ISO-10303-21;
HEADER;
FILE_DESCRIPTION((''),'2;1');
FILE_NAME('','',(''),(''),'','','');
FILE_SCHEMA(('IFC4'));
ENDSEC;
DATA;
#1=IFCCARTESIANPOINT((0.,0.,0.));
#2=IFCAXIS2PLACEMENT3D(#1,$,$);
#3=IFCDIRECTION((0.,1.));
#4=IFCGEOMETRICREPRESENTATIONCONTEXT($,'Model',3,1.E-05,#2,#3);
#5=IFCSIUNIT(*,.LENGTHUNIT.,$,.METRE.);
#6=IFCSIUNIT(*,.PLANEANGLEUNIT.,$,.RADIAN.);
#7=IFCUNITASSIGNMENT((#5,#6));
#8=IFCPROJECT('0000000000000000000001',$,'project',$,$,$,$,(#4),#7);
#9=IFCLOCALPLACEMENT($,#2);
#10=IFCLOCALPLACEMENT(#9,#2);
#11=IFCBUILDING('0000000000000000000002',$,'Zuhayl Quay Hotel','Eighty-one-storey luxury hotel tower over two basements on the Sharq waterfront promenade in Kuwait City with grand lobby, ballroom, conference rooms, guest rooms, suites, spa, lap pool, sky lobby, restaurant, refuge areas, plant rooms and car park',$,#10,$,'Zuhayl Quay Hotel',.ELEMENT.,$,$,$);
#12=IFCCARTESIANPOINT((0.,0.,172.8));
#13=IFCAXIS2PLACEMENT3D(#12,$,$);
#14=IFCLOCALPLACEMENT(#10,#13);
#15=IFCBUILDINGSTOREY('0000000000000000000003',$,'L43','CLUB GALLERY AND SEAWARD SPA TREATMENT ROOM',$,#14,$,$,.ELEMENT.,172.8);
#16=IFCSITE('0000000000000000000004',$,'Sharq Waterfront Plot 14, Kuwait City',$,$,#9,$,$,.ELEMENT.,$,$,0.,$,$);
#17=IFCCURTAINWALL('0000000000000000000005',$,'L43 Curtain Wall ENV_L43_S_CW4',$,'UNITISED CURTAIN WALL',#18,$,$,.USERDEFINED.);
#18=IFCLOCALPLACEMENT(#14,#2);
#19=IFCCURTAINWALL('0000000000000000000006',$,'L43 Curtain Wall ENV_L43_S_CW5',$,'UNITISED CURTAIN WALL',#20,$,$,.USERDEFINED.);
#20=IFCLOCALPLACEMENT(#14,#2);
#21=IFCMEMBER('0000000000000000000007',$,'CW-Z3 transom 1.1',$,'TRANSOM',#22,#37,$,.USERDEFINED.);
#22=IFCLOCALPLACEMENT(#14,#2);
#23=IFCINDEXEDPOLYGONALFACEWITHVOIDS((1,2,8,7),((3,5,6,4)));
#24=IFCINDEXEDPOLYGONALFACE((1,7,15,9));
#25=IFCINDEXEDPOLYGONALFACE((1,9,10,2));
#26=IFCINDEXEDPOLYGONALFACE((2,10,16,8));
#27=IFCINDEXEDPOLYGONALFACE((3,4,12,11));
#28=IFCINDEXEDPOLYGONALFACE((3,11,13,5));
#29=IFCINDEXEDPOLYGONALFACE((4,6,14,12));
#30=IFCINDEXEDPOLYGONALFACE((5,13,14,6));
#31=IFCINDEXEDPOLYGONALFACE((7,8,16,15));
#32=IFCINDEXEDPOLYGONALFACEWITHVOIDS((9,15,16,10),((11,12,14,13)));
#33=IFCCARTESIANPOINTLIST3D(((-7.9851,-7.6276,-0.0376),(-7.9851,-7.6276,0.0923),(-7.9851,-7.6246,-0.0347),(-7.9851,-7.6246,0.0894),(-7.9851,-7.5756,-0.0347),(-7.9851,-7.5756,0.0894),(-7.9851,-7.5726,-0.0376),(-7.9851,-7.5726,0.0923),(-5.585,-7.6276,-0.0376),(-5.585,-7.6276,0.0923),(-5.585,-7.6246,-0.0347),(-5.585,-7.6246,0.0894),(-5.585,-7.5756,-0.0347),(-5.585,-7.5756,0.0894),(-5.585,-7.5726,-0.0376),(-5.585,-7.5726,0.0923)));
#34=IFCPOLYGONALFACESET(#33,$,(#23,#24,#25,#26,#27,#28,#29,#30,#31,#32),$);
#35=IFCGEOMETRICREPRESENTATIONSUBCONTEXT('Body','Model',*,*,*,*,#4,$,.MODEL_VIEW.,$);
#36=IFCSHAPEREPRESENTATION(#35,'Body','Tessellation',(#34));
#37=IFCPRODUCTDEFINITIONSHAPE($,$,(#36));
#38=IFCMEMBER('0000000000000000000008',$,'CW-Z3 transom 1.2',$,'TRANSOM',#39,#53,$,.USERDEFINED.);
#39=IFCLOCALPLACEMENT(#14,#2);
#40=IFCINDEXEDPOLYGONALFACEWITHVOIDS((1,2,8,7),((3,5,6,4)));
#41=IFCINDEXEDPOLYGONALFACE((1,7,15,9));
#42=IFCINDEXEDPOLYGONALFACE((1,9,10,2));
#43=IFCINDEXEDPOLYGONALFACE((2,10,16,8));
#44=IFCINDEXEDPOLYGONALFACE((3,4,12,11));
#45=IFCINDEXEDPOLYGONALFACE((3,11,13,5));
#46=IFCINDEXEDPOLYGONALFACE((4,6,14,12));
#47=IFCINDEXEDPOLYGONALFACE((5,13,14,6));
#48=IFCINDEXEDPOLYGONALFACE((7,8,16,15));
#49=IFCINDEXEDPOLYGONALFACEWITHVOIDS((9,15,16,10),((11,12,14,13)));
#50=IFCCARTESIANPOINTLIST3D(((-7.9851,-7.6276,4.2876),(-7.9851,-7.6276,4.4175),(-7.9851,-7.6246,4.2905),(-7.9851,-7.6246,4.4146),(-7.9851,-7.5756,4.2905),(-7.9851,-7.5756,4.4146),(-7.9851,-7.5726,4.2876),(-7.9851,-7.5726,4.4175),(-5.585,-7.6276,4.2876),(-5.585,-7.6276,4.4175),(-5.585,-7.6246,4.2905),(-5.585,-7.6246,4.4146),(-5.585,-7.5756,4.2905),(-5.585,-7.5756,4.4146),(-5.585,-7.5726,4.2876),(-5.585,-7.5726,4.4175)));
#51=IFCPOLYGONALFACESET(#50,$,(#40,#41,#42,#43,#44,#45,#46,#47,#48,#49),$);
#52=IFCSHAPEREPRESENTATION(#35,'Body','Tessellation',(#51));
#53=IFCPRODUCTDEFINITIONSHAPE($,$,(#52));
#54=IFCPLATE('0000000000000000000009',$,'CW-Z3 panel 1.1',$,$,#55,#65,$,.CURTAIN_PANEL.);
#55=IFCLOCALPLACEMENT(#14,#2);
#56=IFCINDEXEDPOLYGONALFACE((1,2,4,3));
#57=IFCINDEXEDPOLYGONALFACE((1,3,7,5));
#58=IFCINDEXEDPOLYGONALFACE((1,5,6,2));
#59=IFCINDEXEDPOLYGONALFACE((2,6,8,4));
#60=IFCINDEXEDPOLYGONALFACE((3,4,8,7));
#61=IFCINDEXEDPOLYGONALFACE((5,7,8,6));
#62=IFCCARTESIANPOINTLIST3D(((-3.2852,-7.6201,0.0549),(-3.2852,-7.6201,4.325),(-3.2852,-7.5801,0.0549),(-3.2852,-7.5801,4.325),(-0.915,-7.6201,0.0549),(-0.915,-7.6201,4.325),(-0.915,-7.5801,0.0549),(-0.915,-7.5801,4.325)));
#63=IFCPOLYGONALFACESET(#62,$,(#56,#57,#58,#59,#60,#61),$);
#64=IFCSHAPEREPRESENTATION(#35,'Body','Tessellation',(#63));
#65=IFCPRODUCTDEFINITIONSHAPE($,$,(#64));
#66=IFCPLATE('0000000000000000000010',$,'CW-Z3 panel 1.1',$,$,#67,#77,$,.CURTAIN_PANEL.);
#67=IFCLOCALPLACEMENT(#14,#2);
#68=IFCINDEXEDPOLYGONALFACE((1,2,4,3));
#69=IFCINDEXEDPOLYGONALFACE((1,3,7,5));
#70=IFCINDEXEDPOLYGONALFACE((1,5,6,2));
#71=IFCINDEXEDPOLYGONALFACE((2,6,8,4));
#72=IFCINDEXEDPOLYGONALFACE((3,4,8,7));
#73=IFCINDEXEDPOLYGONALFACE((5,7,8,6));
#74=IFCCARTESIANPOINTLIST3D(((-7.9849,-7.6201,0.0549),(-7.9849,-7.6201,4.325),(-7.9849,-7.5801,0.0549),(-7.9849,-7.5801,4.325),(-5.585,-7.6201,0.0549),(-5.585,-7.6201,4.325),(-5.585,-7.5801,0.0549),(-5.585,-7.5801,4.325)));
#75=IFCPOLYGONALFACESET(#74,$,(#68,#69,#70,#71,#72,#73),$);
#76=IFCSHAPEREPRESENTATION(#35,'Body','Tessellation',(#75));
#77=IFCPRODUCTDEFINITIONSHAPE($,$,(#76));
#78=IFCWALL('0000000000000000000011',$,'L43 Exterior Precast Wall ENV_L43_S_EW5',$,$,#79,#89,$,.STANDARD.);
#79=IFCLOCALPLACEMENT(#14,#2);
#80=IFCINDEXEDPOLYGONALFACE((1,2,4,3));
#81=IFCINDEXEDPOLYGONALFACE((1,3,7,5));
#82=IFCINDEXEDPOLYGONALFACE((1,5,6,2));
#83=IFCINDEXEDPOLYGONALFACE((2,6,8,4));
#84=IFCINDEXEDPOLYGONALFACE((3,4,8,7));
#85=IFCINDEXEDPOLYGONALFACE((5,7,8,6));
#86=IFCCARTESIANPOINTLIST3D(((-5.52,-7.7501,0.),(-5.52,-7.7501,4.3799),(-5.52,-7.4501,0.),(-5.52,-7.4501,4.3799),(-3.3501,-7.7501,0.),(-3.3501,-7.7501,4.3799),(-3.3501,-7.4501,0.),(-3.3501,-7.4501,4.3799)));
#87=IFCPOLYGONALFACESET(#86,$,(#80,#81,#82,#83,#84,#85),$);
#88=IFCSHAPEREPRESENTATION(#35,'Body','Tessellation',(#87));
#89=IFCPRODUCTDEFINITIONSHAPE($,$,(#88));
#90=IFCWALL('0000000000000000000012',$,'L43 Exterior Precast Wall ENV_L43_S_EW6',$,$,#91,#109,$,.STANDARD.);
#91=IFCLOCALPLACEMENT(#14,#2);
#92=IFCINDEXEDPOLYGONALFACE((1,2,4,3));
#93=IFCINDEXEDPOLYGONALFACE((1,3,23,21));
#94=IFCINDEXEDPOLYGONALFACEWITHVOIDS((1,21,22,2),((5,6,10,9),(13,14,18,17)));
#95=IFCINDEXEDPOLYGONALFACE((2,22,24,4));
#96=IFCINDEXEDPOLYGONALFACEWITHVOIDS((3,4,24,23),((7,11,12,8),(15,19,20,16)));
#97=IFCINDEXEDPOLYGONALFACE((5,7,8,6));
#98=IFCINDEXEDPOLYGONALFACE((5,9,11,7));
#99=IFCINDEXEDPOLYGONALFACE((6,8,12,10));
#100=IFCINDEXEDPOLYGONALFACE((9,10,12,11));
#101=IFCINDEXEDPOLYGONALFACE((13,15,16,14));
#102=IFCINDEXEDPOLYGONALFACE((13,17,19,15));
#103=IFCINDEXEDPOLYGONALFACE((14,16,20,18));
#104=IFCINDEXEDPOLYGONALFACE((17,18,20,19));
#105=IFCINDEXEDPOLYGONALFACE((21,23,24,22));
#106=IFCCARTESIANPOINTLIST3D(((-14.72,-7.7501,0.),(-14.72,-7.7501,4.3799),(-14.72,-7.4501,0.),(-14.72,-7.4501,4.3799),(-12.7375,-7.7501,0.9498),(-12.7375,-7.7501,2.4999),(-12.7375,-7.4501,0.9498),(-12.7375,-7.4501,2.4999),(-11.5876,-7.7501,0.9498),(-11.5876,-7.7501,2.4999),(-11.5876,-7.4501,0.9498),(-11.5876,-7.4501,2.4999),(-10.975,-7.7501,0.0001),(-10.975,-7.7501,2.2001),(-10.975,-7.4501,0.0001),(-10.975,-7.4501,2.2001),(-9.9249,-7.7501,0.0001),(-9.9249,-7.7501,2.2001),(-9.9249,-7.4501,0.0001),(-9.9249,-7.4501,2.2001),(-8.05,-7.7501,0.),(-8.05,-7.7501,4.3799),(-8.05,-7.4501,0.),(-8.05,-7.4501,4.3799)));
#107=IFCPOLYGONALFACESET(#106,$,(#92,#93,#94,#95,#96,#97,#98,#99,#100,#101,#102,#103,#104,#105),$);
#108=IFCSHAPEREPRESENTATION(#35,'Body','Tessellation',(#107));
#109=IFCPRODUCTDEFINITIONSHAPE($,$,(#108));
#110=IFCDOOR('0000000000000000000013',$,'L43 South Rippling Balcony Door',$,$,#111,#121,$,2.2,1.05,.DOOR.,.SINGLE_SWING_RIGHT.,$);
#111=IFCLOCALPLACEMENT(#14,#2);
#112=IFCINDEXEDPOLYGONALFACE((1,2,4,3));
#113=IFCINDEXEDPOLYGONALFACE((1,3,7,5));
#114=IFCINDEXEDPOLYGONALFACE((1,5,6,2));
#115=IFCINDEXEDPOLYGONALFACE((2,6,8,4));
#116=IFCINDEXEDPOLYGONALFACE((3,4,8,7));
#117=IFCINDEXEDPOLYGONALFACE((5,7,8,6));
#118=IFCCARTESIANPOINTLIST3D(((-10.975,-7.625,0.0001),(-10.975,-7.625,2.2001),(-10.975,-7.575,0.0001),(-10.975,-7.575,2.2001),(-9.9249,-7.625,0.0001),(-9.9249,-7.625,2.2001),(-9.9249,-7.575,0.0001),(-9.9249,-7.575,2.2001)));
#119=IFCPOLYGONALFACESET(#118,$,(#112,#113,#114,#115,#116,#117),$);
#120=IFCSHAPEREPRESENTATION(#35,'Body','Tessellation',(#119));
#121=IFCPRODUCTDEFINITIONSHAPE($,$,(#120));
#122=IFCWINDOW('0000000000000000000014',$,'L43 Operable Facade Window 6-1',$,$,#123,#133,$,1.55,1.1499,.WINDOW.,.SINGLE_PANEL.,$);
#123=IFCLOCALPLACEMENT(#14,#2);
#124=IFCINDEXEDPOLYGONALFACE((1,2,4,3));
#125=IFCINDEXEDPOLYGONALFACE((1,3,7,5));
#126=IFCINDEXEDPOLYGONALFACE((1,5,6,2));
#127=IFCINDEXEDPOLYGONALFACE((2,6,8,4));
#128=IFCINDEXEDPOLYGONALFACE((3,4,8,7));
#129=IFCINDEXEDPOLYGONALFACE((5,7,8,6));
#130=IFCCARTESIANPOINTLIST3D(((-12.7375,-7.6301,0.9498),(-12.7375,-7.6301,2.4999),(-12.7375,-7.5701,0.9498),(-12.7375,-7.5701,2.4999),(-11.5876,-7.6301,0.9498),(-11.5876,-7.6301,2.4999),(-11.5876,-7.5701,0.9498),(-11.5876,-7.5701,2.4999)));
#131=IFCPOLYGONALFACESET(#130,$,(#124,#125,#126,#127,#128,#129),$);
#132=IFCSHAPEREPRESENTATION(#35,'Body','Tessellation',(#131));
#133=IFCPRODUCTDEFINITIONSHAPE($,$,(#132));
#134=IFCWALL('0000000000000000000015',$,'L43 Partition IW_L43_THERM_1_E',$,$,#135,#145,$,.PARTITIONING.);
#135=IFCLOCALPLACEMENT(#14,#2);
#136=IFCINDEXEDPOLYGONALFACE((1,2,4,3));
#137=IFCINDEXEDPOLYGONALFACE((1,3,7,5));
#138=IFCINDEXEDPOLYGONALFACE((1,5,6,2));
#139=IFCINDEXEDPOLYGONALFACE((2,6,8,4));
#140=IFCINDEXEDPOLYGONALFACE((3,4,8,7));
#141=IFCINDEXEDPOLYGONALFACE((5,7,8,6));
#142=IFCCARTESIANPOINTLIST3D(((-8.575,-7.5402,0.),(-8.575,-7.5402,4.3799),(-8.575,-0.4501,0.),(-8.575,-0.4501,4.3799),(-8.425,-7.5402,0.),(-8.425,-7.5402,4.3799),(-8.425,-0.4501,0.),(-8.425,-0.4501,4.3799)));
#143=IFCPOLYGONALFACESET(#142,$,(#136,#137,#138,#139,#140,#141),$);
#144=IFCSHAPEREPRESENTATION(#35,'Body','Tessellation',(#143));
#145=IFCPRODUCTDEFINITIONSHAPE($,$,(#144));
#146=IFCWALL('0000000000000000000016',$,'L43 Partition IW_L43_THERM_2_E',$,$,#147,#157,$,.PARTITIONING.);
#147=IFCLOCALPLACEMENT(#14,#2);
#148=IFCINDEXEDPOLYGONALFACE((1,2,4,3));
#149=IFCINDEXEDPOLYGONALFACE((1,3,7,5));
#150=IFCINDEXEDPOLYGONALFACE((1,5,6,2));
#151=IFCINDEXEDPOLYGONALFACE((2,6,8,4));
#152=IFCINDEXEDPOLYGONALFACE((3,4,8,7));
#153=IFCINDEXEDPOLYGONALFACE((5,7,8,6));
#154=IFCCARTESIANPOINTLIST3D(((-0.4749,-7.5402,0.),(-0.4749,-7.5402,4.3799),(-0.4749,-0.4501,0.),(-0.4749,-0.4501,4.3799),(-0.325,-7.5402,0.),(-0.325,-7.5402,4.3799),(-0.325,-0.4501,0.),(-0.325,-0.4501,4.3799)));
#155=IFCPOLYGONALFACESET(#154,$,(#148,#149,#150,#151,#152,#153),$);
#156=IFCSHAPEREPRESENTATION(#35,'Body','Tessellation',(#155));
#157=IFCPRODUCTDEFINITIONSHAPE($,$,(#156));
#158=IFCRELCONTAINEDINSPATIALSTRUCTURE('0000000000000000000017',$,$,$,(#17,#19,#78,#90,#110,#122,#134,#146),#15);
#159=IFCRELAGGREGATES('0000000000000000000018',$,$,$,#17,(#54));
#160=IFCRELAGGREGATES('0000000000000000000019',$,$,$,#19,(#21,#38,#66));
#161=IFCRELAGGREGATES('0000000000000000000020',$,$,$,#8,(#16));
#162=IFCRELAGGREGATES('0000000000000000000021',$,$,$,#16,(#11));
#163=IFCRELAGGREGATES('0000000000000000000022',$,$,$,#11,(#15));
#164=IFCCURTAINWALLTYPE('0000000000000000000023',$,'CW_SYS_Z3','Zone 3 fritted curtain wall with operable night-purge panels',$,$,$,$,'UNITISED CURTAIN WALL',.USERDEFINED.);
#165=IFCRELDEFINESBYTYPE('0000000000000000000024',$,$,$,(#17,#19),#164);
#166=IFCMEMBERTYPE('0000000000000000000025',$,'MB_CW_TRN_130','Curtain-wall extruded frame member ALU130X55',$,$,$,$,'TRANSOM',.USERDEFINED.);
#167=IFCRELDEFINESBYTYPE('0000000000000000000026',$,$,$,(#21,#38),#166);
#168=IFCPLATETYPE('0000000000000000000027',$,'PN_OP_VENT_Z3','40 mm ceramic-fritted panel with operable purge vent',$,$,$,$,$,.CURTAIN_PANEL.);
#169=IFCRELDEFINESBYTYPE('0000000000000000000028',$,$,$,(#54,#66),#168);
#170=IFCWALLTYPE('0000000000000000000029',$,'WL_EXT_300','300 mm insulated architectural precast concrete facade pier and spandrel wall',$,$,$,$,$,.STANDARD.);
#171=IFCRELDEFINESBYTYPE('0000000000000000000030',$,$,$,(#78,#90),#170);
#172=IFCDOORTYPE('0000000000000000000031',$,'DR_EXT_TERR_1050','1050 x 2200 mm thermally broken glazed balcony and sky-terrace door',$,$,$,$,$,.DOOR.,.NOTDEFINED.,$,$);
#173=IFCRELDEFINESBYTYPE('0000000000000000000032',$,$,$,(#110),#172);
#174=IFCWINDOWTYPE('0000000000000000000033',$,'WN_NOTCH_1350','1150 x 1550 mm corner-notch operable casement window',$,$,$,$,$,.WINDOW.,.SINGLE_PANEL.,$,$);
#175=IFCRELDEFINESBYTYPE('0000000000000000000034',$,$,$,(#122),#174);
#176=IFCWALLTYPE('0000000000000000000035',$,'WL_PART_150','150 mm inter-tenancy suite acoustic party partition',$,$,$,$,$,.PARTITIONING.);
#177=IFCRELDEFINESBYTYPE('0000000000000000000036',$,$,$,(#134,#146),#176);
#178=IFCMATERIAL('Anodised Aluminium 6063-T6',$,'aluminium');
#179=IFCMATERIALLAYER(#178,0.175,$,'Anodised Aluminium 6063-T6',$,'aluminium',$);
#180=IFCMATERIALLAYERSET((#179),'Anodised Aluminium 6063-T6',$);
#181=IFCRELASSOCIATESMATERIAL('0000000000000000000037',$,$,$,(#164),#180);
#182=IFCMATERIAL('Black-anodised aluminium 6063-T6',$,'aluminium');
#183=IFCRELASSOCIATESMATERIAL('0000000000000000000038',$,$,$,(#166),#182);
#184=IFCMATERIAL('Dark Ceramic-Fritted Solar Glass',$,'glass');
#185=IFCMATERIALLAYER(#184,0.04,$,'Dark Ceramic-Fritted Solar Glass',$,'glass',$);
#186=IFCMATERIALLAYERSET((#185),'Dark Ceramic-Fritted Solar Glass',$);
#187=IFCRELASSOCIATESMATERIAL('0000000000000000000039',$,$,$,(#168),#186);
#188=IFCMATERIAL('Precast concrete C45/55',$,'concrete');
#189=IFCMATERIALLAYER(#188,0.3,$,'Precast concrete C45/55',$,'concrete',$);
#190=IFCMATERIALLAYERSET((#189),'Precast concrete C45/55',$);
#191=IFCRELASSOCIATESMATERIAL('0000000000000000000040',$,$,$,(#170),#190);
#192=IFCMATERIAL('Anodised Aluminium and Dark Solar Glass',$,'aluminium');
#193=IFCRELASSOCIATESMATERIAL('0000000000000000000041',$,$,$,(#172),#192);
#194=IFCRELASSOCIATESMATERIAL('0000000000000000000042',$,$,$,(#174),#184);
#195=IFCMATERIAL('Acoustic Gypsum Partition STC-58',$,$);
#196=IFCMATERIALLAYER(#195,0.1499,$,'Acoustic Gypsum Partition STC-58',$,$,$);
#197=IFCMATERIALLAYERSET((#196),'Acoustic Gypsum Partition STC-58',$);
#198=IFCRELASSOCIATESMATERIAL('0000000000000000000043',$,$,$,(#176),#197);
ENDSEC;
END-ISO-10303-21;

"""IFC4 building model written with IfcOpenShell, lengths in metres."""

from ifc_helpers import new_model, si_unit, direction, frame, frame_2d, origin, origin_2d, place, context, subcontext, project, spatial, rectangle, hollow_rectangle, extrude, material, layer, layer_set, material_profile, profile_set, type_object, element, fill, aggregate, save


model = new_model("IFC4")

# Units and contexts
model_context = context("Model", 3, precision=1e-05, world=origin(), true_north=direction((0.0, 1.0)))
body_context = subcontext(model_context, "Body", "Model", "MODEL_VIEW")
ifc_project = project(units=[si_unit("LENGTHUNIT", "METRE"), si_unit("PLANEANGLEUNIT", "RADIAN")], contexts=[model_context])

# Site, building, storey
site_placement = place(None, origin())
site = spatial("IfcSite", under=ifc_project, at=site_placement, Name="Sharq Waterfront Plot 14, Kuwait City", CompositionType="ELEMENT", RefElevation=0.0)
building_placement = place(site_placement, origin())
building = spatial("IfcBuilding", under=site, at=building_placement, Name="Zuhayl Quay Hotel", Description="Eighty-one-storey luxury hotel tower over two basements on the Sharq waterfront promenade in Kuwait City with grand lobby, ballroom, conference rooms, guest rooms, suites, spa, lap pool, sky lobby, restaurant, refuge areas, plant rooms and car park", LongName="Zuhayl Quay Hotel", CompositionType="ELEMENT")
storey_placement = place(building_placement, frame((0.0, 0.0, 172.8)))
storey = spatial("IfcBuildingStorey", under=building, at=storey_placement, Name="L43", Description="CLUB GALLERY AND SEAWARD SPA TREATMENT ROOM", CompositionType="ELEMENT", Elevation=172.8)

# Curtain walls
ifc_material_1 = material(Name="Anodised Aluminium 6063-T6", Category="aluminium")
ifc_layer_1 = layer(ifc_material_1, 0.175, Name="Anodised Aluminium 6063-T6", Category="aluminium")
ifc_layer_set_1 = layer_set([ifc_layer_1], Name="Anodised Aluminium 6063-T6")
curtain_wall_type = type_object("IfcCurtainWallType", Name="CW_SYS_Z3", Description="Zone 3 fritted curtain wall with operable night-purge panels", ElementType="UNITISED CURTAIN WALL", PredefinedType="USERDEFINED", material=ifc_layer_set_1)
curtain_wall_1_placement = place(storey_placement, origin())
curtain_wall_1 = element("IfcCurtainWall", 1, at=curtain_wall_1_placement, inside=storey, type_object=curtain_wall_type, Name="L43 Curtain Wall ENV_L43_S_CW4", ObjectType="UNITISED CURTAIN WALL", PredefinedType="USERDEFINED")
ifc_material_2 = material(Name="Black-anodised aluminium 6063-T6", Category="aluminium")
curtain_wall_2_placement = place(storey_placement, origin())
curtain_wall_2 = element("IfcCurtainWall", 2, at=curtain_wall_2_placement, inside=storey, type_object=curtain_wall_type, Name="L43 Curtain Wall ENV_L43_S_CW5", ObjectType="UNITISED CURTAIN WALL", PredefinedType="USERDEFINED")

# Members
ifc_material_profile_1 = material_profile(ifc_material_2, hollow_rectangle(XDim=0.0549, YDim=0.1299, WallThickness=0.0029, at=origin_2d()), Name="ALU130X55")
ifc_profile_set_1 = profile_set([ifc_material_profile_1], Name="Black-anodised aluminium 6063-T6")
member_type_1 = type_object("IfcMemberType", Name="MB_CW_TRN_130", Description="Curtain-wall extruded frame member ALU130X55", ElementType="TRANSOM", PredefinedType="USERDEFINED", material=ifc_profile_set_1)
member_1_placement = place(storey_placement, frame((-5.585, -7.6001, 0.0273), z_axis=(-1.0, 0.0, 0.0), x_axis=(0.0, -1.0, 0.0)))
member_1 = element("IfcMember", 3, at=member_1_placement, type_object=member_type_1, Name="CW-Z3 transom 1.1", ObjectType="TRANSOM", PredefinedType="USERDEFINED", context=body_context, shape_type="SweptSolid", body=[
    extrude(hollow_rectangle(XDim=0.0549, YDim=0.1299, WallThickness=0.0029, at=origin_2d()), origin(), (0.0, 0.0, 1.0), 2.4001),
])
member_2_placement = place(storey_placement, frame((-5.585, -7.6001, 4.3525), z_axis=(-1.0, 0.0, 0.0), x_axis=(0.0, -1.0, 0.0)))
member_2 = element("IfcMember", 4, at=member_2_placement, type_object=member_type_1, Name="CW-Z3 transom 1.2", ObjectType="TRANSOM", PredefinedType="USERDEFINED", context=body_context, shape_type="SweptSolid", body=[
    extrude(hollow_rectangle(XDim=0.0549, YDim=0.1299, WallThickness=0.0029, at=origin_2d()), origin(), (0.0, 0.0, 1.0), 2.4001),
])

# Plates
ifc_material_3 = material(Name="Dark Ceramic-Fritted Solar Glass", Category="glass")
ifc_layer_2 = layer(ifc_material_3, 0.04, Name="Dark Ceramic-Fritted Solar Glass", Category="glass")
ifc_layer_set_2 = layer_set([ifc_layer_2], Name="Dark Ceramic-Fritted Solar Glass")
plate_type = type_object("IfcPlateType", Name="PN_OP_VENT_Z3", Description="40 mm ceramic-fritted panel with operable purge vent", PredefinedType="CURTAIN_PANEL", material=ifc_layer_set_2)
plate_1_placement = place(storey_placement, frame((-2.1001, -7.6001, 0.0549), z_axis=(0.0, 0.0, 1.0), x_axis=(-1.0, 0.0, 0.0)))
plate_1 = element("IfcPlate", 5, at=plate_1_placement, type_object=plate_type, Name="CW-Z3 panel 1.1", PredefinedType="CURTAIN_PANEL", context=body_context, shape_type="SweptSolid", body=[
    extrude(rectangle(XDim=2.3701, YDim=0.04, at=origin_2d()), origin(), (0.0, 0.0, 1.0), 4.27),
])
aggregate(curtain_wall_1, [plate_1])
plate_2_placement = place(storey_placement, frame((-6.7849, -7.6001, 0.0549), z_axis=(0.0, 0.0, 1.0), x_axis=(-1.0, 0.0, 0.0)))
plate_2 = element("IfcPlate", 6, at=plate_2_placement, type_object=plate_type, Name="CW-Z3 panel 1.1", PredefinedType="CURTAIN_PANEL", context=body_context, shape_type="SweptSolid", body=[
    extrude(rectangle(XDim=2.3999, YDim=0.04, at=origin_2d()), origin(), (0.0, 0.0, 1.0), 4.27),
])
aggregate(curtain_wall_2, [member_1, member_2, plate_2])

# Wall
ifc_material_4 = material(Name="Precast concrete C45/55", Category="concrete")
ifc_layer_3 = layer(ifc_material_4, 0.3, Name="Precast concrete C45/55", Category="concrete")
ifc_layer_set_3 = layer_set([ifc_layer_3], Name="Precast concrete C45/55")
wall_type_1 = type_object("IfcWallType", Name="WL_EXT_300", Description="300 mm insulated architectural precast concrete facade pier and spandrel wall", PredefinedType="STANDARD", material=ifc_layer_set_3)
wall_1_placement = place(storey_placement, frame((-3.3501, -7.6001, 0.0), z_axis=(0.0, 0.0, 1.0), x_axis=(-1.0, 0.0, 0.0)))
element("IfcWall", 7, at=wall_1_placement, inside=storey, type_object=wall_type_1, Name="L43 Exterior Precast Wall ENV_L43_S_EW5", PredefinedType="STANDARD", context=body_context, shape_type="SweptSolid", body=[
    extrude(rectangle(XDim=2.1699, YDim=0.3, at=frame_2d((1.085, 0.0))), origin(), (0.0, 0.0, 1.0), 4.3799),
])

# Wall, openings, door, window
wall_2_placement = place(storey_placement, frame((-8.05, -7.6001, 0.0), z_axis=(0.0, 0.0, 1.0), x_axis=(-1.0, 0.0, 0.0)))
wall_2 = element("IfcWall", 8, at=wall_2_placement, inside=storey, type_object=wall_type_1, Name="L43 Exterior Precast Wall ENV_L43_S_EW6", PredefinedType="STANDARD", context=body_context, shape_type="SweptSolid", body=[
    extrude(rectangle(XDim=6.6699, YDim=0.3, at=frame_2d((3.335, 0.0))), origin(), (0.0, 0.0, 1.0), 4.3799),
])
opening_1_placement = place(wall_2_placement, frame((1.875, 0.0, 0.0)))
opening_1 = element("IfcOpeningElement", 9, at=opening_1_placement, cuts=wall_2, PredefinedType="OPENING", context=body_context, shape_type="SweptSolid", body=[
    extrude(rectangle(XDim=1.05, YDim=2.2, at=frame_2d((0.5249, 1.1001))), frame((0.0, 0.1599, 0.0), z_axis=(0.0, -1.0, 0.0), x_axis=(1.0, 0.0, 0.0)), (0.0, 0.0, 1.0), 0.3201),
])
opening_2_placement = place(wall_2_placement, frame((3.5376, 0.0, 0.95)))
opening_2 = element("IfcOpeningElement", 10, at=opening_2_placement, cuts=wall_2, PredefinedType="OPENING", context=body_context, shape_type="SweptSolid", body=[
    extrude(rectangle(XDim=1.1499, YDim=1.55, at=frame_2d((0.575, 0.7749))), frame((0.0, 0.1599, 0.0), z_axis=(0.0, -1.0, 0.0), x_axis=(1.0, 0.0, 0.0)), (0.0, 0.0, 1.0), 0.3201),
])
ifc_material_5 = material(Name="Anodised Aluminium and Dark Solar Glass", Category="aluminium")
door_type_1 = type_object("IfcDoorType", Name="DR_EXT_TERR_1050", Description="1050 x 2200 mm thermally broken glazed balcony and sky-terrace door", OperationType="NOTDEFINED", PredefinedType="DOOR", material=ifc_material_5)
door_1_placement = place(opening_1_placement, origin())
door_1 = element("IfcDoor", 11, at=door_1_placement, inside=storey, type_object=door_type_1, Name="L43 South Rippling Balcony Door", OperationType="SINGLE_SWING_RIGHT", OverallHeight=2.2, OverallWidth=1.05, PredefinedType="DOOR", context=body_context, shape_type="SweptSolid", body=[
    extrude(rectangle(XDim=1.05, YDim=2.2, at=frame_2d((0.5249, 1.1001))), frame((0.0, 0.0249, 0.0), z_axis=(0.0, -1.0, 0.0), x_axis=(1.0, 0.0, 0.0)), (0.0, 0.0, 1.0), 0.05),
])
fill(opening_1, door_1)
window_type = type_object("IfcWindowType", Name="WN_NOTCH_1350", Description="1150 x 1550 mm corner-notch operable casement window", PartitioningType="SINGLE_PANEL", PredefinedType="WINDOW", material=ifc_material_3)
window_placement = place(opening_2_placement, origin())
window = element("IfcWindow", 12, at=window_placement, inside=storey, type_object=window_type, Name="L43 Operable Facade Window 6-1", OverallHeight=1.55, OverallWidth=1.1499, PartitioningType="SINGLE_PANEL", PredefinedType="WINDOW", context=body_context, shape_type="SweptSolid", body=[
    extrude(rectangle(XDim=1.1499, YDim=1.55, at=frame_2d((0.575, 0.7749))), frame((0.0, 0.03, 0.0), z_axis=(0.0, -1.0, 0.0), x_axis=(1.0, 0.0, 0.0)), (0.0, 0.0, 1.0), 0.0601),
])
fill(opening_2, window)

# Walls
ifc_material_6 = material(Name="Acoustic Gypsum Partition STC-58")
ifc_layer_4 = layer(ifc_material_6, 0.1499, Name="Acoustic Gypsum Partition STC-58")
ifc_layer_set_4 = layer_set([ifc_layer_4], Name="Acoustic Gypsum Partition STC-58")
wall_type_2 = type_object("IfcWallType", Name="WL_PART_150", Description="150 mm inter-tenancy suite acoustic party partition", PredefinedType="PARTITIONING", material=ifc_layer_set_4)
for number, where, z_axis, x_axis, name in (
    (13, (-8.5, -7.54, 0.0), (0.0, 0.0, 1.0), (0.0, 1.0, 0.0), "L43 Partition IW_L43_THERM_1_E"),
    (14, (-0.3999, -7.54, 0.0), (0.0, 0.0, 1.0), (0.0, 1.0, 0.0), "L43 Partition IW_L43_THERM_2_E"),
):
    element("IfcWall", number, at=place(storey_placement, frame(where, z_axis=z_axis, x_axis=x_axis)), inside=storey, type_object=wall_type_2, Name=name, PredefinedType="PARTITIONING", context=body_context, shape_type="SweptSolid", body=[
        extrude(rectangle(XDim=7.0901, YDim=0.1499, at=frame_2d((3.5449, 0.0))), origin(), (0.0, 0.0, 1.0), 4.3799),
    ])

save(model, "model.ifc")
